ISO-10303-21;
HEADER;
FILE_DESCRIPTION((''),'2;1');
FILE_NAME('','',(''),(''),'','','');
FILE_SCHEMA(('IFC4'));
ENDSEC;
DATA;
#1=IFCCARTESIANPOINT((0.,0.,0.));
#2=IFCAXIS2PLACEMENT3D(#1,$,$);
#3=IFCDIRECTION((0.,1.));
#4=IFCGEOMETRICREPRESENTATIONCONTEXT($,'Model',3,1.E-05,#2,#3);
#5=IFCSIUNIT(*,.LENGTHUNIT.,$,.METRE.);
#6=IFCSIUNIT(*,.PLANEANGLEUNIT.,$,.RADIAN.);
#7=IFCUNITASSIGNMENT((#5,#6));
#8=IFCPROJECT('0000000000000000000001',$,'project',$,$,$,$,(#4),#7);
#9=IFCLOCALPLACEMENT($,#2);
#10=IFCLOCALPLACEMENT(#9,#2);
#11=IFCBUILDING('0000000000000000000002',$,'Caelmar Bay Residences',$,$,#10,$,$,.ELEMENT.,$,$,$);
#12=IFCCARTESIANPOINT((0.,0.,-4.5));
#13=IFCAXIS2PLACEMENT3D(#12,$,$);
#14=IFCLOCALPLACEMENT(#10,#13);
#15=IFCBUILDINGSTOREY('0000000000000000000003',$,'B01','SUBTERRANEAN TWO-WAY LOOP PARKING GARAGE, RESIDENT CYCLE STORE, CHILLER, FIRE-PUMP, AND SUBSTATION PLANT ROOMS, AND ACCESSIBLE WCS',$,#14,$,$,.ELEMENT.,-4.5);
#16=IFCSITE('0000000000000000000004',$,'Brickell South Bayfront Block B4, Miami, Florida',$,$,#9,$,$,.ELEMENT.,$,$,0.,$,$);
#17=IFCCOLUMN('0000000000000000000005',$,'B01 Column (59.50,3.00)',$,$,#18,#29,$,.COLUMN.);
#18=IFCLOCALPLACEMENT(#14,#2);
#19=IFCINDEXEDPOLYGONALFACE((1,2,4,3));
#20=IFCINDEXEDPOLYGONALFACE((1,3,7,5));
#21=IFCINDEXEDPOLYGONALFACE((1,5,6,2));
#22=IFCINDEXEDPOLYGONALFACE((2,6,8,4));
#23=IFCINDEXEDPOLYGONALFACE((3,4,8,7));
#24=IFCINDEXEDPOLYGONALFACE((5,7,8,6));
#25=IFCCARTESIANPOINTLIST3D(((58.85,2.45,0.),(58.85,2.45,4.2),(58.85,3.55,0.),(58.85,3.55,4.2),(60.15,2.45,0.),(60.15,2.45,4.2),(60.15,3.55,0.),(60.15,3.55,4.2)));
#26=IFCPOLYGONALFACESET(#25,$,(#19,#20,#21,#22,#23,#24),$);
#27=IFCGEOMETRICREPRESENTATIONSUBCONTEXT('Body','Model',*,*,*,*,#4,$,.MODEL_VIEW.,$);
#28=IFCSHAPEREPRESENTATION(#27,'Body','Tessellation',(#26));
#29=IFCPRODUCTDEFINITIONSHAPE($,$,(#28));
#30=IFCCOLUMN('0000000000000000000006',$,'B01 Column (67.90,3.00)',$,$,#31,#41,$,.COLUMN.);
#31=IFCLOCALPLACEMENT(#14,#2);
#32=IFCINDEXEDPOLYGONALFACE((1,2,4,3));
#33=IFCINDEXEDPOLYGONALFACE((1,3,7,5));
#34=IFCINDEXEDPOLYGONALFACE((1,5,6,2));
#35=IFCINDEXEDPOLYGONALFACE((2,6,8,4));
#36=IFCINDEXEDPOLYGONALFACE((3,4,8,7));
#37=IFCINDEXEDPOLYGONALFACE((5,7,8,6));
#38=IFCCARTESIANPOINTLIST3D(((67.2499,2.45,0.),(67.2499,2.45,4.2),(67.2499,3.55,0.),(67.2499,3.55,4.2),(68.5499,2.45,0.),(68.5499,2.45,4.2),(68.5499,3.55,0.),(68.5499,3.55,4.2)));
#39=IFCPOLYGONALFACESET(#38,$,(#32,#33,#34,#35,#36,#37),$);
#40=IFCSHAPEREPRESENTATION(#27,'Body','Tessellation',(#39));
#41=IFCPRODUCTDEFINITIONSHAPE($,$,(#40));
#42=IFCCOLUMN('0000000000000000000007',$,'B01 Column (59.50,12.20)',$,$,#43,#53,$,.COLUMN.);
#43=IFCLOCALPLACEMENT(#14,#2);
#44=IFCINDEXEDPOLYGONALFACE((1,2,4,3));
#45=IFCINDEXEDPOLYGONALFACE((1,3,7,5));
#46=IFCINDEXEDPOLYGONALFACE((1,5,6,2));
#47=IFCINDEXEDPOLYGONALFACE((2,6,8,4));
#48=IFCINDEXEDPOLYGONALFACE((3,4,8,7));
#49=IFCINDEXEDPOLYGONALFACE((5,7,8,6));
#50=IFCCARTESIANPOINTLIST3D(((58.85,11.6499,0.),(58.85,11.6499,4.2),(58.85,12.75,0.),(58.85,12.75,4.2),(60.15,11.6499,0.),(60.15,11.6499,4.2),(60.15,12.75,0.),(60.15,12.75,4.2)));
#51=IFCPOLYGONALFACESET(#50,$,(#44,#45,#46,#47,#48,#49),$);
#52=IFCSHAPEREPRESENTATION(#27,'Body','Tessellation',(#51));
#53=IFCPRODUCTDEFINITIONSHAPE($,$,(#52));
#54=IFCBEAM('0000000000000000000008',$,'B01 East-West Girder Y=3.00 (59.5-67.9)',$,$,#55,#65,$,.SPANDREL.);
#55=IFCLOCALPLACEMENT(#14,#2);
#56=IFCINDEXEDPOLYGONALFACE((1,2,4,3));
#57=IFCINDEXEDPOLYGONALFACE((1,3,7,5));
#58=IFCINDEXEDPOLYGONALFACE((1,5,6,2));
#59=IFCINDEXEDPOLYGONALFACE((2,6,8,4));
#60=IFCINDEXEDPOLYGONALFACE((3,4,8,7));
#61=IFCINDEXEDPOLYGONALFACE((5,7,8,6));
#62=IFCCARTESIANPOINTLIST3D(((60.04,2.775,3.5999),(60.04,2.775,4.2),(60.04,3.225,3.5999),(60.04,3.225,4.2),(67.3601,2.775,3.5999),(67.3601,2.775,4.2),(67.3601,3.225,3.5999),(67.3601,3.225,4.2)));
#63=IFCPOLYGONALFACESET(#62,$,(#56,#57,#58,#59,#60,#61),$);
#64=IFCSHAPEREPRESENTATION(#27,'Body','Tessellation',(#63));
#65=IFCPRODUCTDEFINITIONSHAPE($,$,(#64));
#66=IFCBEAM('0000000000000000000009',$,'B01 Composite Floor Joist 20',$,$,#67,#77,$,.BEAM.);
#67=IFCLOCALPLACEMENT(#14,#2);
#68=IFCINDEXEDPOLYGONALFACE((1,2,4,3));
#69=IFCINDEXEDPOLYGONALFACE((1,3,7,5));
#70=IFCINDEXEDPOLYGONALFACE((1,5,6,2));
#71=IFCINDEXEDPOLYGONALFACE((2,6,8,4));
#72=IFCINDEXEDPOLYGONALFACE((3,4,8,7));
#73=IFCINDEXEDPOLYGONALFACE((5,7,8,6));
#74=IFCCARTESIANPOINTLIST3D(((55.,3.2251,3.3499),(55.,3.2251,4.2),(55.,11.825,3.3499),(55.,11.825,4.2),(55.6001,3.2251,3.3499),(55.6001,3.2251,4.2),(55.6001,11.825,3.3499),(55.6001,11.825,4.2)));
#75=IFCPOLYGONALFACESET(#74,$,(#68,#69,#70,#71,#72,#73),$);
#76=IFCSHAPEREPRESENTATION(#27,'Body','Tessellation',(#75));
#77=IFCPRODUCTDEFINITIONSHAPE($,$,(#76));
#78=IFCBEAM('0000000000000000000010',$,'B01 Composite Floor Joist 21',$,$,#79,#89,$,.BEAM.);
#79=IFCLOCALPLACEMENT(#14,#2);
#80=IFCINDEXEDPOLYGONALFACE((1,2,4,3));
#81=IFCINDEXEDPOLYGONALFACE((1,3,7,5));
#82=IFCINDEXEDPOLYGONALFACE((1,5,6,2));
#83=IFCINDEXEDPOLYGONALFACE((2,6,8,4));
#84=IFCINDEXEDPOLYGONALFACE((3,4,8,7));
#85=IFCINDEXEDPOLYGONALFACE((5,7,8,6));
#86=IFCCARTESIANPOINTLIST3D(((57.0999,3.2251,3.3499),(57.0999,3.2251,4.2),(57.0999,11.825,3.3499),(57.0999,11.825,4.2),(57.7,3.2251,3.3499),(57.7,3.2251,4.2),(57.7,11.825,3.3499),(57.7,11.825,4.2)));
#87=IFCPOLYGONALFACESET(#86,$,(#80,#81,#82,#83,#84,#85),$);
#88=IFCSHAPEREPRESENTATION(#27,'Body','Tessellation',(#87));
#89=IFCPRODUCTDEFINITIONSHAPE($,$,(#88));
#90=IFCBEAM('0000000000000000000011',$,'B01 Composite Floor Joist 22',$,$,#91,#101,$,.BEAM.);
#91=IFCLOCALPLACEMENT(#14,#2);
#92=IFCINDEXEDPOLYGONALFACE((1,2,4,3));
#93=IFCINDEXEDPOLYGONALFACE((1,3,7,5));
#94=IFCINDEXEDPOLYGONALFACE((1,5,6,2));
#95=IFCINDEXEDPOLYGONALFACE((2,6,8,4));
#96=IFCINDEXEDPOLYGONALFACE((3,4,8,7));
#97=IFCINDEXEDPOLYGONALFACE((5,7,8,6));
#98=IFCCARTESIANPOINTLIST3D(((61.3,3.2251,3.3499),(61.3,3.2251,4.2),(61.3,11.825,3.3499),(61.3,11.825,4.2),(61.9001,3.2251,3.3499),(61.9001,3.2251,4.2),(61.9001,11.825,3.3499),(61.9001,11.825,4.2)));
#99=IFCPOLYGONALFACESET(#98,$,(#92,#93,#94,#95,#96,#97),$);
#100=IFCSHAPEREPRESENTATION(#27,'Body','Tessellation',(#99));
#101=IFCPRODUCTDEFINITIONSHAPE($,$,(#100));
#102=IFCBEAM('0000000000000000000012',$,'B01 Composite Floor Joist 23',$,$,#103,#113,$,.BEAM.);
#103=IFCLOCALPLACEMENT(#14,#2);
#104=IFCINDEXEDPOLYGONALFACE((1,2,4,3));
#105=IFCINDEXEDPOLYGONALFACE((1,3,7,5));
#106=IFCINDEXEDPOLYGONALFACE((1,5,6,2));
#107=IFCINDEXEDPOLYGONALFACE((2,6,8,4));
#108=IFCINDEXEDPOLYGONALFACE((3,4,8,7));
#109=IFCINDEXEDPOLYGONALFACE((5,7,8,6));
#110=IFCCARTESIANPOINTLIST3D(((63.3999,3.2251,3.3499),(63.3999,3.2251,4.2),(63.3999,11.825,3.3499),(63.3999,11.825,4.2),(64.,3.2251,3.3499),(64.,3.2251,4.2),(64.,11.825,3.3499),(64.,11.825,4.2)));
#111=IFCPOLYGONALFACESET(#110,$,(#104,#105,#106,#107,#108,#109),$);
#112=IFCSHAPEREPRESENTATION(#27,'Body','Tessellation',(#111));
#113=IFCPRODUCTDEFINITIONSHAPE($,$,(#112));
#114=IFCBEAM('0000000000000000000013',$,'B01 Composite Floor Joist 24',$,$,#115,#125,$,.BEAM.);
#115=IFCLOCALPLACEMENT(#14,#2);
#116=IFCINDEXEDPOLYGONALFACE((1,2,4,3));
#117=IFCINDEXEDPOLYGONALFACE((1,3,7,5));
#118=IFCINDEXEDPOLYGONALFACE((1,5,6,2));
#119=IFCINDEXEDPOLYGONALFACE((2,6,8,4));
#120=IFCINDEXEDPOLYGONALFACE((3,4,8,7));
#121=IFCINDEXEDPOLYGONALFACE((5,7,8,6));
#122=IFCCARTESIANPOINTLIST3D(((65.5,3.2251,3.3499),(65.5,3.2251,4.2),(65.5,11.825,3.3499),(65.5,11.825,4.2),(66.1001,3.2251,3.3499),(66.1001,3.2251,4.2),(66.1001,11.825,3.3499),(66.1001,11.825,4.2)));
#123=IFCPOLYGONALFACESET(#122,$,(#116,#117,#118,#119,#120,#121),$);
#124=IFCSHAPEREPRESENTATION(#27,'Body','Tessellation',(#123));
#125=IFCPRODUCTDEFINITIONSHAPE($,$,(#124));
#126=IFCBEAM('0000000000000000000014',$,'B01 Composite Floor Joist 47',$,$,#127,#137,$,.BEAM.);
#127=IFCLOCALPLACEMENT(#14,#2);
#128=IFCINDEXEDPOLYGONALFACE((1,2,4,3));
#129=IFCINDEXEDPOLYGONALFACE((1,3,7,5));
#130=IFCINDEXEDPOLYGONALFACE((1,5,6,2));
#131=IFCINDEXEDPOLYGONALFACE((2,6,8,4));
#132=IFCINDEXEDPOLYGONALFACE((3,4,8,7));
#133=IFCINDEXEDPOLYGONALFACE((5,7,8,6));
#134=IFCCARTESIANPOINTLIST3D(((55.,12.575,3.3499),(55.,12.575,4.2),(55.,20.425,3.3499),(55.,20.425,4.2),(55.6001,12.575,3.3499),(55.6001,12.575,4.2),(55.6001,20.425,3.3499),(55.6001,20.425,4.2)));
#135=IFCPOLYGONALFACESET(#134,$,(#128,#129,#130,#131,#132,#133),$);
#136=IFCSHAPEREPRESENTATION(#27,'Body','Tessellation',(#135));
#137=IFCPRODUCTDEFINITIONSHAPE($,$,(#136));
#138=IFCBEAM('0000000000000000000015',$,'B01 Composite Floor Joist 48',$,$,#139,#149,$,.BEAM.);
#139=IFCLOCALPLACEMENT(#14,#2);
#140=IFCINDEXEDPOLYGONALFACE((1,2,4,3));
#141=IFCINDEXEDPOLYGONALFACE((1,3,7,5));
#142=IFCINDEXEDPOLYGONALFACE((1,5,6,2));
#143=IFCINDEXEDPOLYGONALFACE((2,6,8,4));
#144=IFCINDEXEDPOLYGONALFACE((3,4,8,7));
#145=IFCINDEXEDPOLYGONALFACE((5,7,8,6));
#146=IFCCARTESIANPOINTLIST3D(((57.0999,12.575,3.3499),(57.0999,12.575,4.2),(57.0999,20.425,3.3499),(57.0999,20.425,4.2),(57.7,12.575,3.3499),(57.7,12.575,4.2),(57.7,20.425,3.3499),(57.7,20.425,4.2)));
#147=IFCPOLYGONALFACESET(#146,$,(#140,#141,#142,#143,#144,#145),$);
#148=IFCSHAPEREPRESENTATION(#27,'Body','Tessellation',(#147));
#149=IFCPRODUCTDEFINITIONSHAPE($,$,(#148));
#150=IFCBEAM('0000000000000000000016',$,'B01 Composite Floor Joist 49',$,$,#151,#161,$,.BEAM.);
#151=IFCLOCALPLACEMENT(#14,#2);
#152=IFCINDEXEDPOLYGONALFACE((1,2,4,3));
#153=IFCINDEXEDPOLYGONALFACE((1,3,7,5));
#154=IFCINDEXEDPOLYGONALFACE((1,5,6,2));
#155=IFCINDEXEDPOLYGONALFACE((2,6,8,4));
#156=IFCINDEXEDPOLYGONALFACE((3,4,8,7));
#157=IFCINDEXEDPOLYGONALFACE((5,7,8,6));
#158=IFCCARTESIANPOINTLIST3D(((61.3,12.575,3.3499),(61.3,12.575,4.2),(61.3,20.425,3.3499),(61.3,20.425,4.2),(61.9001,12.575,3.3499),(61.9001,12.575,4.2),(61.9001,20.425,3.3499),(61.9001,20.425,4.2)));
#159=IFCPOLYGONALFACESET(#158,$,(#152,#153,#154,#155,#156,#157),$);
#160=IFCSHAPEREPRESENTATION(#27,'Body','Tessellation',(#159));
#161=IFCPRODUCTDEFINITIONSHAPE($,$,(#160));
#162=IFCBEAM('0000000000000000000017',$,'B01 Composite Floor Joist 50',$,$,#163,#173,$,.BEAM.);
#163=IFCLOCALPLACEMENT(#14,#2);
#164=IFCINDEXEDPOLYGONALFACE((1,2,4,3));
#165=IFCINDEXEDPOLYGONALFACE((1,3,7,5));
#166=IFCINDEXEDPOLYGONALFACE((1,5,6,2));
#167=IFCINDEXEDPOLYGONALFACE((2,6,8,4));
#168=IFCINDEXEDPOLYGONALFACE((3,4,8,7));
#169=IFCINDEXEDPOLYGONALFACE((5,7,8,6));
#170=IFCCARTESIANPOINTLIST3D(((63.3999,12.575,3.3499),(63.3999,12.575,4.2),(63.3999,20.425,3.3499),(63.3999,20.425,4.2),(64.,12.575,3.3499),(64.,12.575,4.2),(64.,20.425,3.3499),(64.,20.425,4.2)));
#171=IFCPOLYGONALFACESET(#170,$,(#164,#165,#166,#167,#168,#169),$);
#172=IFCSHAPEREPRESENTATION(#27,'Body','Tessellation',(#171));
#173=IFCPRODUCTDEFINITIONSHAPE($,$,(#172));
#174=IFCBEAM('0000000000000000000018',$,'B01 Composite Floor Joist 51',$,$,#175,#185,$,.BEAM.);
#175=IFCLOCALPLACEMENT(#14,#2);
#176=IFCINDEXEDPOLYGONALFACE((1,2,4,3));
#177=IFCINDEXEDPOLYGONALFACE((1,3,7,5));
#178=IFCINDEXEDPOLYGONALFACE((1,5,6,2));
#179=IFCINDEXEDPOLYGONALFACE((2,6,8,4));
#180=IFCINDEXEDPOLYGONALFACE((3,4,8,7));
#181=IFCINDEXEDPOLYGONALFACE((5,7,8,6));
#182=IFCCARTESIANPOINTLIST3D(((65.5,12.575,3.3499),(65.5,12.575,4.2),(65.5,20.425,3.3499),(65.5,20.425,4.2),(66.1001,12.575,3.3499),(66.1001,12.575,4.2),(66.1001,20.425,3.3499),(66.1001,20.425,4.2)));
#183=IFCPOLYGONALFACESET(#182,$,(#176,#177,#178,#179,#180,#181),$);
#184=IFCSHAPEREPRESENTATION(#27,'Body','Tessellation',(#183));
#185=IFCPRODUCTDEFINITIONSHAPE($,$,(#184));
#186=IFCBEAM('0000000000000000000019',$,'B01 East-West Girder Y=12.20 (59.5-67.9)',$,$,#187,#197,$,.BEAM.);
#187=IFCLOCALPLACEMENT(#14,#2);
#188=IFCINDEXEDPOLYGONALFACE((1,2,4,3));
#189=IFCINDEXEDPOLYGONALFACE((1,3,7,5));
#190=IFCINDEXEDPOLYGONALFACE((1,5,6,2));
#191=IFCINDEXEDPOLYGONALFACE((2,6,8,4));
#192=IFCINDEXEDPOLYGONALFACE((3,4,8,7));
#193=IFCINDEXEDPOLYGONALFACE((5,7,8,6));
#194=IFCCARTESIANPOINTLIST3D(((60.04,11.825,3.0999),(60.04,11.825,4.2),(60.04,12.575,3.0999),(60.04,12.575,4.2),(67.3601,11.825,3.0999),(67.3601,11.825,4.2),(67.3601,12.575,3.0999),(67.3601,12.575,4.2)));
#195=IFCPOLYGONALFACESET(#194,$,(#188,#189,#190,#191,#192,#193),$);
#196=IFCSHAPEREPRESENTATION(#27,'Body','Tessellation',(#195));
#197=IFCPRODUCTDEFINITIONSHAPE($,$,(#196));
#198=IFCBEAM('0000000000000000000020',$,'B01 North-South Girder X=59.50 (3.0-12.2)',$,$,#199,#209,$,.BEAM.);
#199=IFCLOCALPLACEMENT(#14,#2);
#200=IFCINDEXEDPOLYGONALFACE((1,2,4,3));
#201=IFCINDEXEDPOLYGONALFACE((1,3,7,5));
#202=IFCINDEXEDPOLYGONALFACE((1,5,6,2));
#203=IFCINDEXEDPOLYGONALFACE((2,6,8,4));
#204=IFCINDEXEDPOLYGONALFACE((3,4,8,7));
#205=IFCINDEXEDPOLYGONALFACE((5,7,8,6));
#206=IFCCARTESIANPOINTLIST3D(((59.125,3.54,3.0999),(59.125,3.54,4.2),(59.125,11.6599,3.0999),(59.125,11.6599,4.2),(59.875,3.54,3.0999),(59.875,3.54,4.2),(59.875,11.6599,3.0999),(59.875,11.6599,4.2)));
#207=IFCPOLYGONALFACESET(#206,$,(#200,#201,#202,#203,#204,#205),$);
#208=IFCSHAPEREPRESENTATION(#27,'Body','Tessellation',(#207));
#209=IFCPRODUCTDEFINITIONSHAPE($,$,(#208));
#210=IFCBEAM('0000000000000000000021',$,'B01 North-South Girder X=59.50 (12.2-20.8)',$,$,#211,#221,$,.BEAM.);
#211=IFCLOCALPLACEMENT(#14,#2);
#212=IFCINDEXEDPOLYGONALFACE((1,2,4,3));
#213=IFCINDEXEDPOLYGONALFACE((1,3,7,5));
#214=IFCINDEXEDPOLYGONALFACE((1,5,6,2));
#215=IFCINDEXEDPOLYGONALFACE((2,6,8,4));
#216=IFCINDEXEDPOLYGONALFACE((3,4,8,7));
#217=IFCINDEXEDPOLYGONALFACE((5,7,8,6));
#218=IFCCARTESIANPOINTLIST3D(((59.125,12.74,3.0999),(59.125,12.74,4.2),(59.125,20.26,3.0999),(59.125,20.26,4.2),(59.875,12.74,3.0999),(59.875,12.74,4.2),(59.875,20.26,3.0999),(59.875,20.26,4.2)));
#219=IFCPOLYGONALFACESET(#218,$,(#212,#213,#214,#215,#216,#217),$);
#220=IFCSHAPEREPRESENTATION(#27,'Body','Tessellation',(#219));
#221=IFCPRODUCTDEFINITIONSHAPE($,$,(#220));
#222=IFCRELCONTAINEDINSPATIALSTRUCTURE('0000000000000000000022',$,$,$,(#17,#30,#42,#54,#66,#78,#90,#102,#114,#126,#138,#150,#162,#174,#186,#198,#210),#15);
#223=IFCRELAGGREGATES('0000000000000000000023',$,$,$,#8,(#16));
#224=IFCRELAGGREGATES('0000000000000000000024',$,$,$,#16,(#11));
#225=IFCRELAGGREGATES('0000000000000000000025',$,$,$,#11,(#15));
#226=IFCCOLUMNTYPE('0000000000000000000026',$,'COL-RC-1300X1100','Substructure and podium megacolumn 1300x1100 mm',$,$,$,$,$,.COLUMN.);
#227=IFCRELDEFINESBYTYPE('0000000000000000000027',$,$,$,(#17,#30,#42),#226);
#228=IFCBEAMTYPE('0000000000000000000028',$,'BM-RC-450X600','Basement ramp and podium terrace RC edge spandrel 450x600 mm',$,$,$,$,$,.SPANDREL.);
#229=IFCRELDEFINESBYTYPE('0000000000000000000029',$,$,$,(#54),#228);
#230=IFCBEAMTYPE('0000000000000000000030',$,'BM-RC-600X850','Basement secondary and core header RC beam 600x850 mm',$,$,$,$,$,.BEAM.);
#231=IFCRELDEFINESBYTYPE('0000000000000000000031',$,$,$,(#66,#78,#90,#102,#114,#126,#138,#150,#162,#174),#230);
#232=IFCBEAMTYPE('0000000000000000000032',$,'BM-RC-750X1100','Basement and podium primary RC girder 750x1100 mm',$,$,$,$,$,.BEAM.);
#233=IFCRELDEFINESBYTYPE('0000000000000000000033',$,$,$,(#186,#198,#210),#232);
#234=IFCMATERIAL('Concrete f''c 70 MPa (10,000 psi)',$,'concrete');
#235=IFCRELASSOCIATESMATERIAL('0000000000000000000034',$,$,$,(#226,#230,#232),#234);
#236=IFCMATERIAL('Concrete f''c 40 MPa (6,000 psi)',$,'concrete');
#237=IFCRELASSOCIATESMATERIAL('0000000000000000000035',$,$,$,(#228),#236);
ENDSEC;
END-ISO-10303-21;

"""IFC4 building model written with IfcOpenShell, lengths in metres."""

from ifc_helpers import new_model, si_unit, direction, frame, origin, origin_2d, place, context, subcontext, project, spatial, rectangle, extrude, material, material_profile, profile_set, type_object, element, save


model = new_model("IFC4")

# Units and contexts
model_context = context("Model", 3, precision=1e-05, world=origin(), true_north=direction((0.0, 1.0)))
body_context = subcontext(model_context, "Body", "Model", "MODEL_VIEW")
ifc_project = project(units=[si_unit("LENGTHUNIT", "METRE"), si_unit("PLANEANGLEUNIT", "RADIAN")], contexts=[model_context])

# Site, building, storey
site_placement = place(None, origin())
site = spatial("IfcSite", under=ifc_project, at=site_placement, Name="Brickell South Bayfront Block B4, Miami, Florida", CompositionType="ELEMENT", RefElevation=0.0)
building_placement = place(site_placement, origin())
building = spatial("IfcBuilding", under=site, at=building_placement, Name="Caelmar Bay Residences", CompositionType="ELEMENT")
storey_placement = place(building_placement, frame((0.0, 0.0, -4.5)))
storey = spatial("IfcBuildingStorey", under=building, at=storey_placement, Name="B01", Description="SUBTERRANEAN TWO-WAY LOOP PARKING GARAGE, RESIDENT CYCLE STORE, CHILLER, FIRE-PUMP, AND SUBSTATION PLANT ROOMS, AND ACCESSIBLE WCS", CompositionType="ELEMENT", Elevation=-4.5)

# Columns
ifc_material_1 = material(Name="Concrete f'c 70 MPa (10,000 psi)", Category="concrete")
ifc_material_profile_1 = material_profile(ifc_material_1, rectangle(XDim=1.3, YDim=1.1001, at=origin_2d()), Name="RC-COL-1300X1100")
ifc_profile_set_1 = profile_set([ifc_material_profile_1], Name="Concrete f'c 70 MPa (10,000 psi)")
column_type = type_object("IfcColumnType", Name="COL-RC-1300X1100", Description="Substructure and podium megacolumn 1300x1100 mm", PredefinedType="COLUMN", material=ifc_profile_set_1)
for number, where, z_axis, x_axis, name in (
    (1, (59.5, 3.0, 0.0), (0.0, 0.0, 1.0), (1.0, 0.0, 0.0), "B01 Column (59.50,3.00)"),
    (2, (67.8999, 3.0, 0.0), (0.0, 0.0, 1.0), (1.0, 0.0, 0.0), "B01 Column (67.90,3.00)"),
    (3, (59.5, 12.2, 0.0), (0.0, 0.0, 1.0), (1.0, 0.0, 0.0), "B01 Column (59.50,12.20)"),
):
    element("IfcColumn", number, at=place(storey_placement, frame(where, z_axis=z_axis, x_axis=x_axis)), inside=storey, type_object=column_type, Name=name, PredefinedType="COLUMN", context=body_context, shape_type="SweptSolid", body=[
        extrude(rectangle(XDim=1.3, YDim=1.1001, at=origin_2d()), origin(), (0.0, 0.0, 1.0), 4.2),
    ])

# Beams
ifc_material_2 = material(Name="Concrete f'c 40 MPa (6,000 psi)", Category="concrete")
ifc_material_profile_2 = material_profile(ifc_material_2, rectangle(XDim=0.45, YDim=0.6001, at=origin_2d()), Name="RC-BM-450X600")
ifc_profile_set_2 = profile_set([ifc_material_profile_2], Name="Concrete f'c 40 MPa (6,000 psi)")
beam_type_1 = type_object("IfcBeamType", Name="BM-RC-450X600", Description="Basement ramp and podium terrace RC edge spandrel 450x600 mm", PredefinedType="SPANDREL", material=ifc_profile_set_2)
beam_1_placement = place(storey_placement, frame((60.04, 3.0, 3.8999), z_axis=(1.0, 0.0, 0.0), x_axis=(0.0, 1.0, 0.0)))
element("IfcBeam", 4, at=beam_1_placement, inside=storey, type_object=beam_type_1, Name="B01 East-West Girder Y=3.00 (59.5-67.9)", PredefinedType="SPANDREL", context=body_context, shape_type="SweptSolid", body=[
    extrude(rectangle(XDim=0.45, YDim=0.6001, at=origin_2d()), origin(), (0.0, 0.0, 1.0), 7.3201),
])
ifc_material_profile_3 = material_profile(ifc_material_1, rectangle(XDim=0.6001, YDim=0.8501, at=origin_2d()), Name="RC-BM-600X850")
ifc_profile_set_3 = profile_set([ifc_material_profile_3], Name="Concrete f'c 70 MPa (10,000 psi)")
beam_type_2 = type_object("IfcBeamType", Name="BM-RC-600X850", Description="Basement secondary and core header RC beam 600x850 mm", PredefinedType="BEAM", material=ifc_profile_set_3)
for number, where, z_axis, x_axis, name in (
    (5, (55.3, 3.2251, 3.7749), (0.0, 1.0, 0.0), (-1.0, 0.0, 0.0), "B01 Composite Floor Joist 20"),
    (6, (57.3999, 3.2251, 3.7749), (0.0, 1.0, 0.0), (-1.0, 0.0, 0.0), "B01 Composite Floor Joist 21"),
    (7, (61.6001, 3.2251, 3.7749), (0.0, 1.0, 0.0), (-1.0, 0.0, 0.0), "B01 Composite Floor Joist 22"),
    (8, (63.7, 3.2251, 3.7749), (0.0, 1.0, 0.0), (-1.0, 0.0, 0.0), "B01 Composite Floor Joist 23"),
    (9, (65.8, 3.2251, 3.7749), (0.0, 1.0, 0.0), (-1.0, 0.0, 0.0), "B01 Composite Floor Joist 24"),
):
    element("IfcBeam", number, at=place(storey_placement, frame(where, z_axis=z_axis, x_axis=x_axis)), inside=storey, type_object=beam_type_2, Name=name, PredefinedType="BEAM", context=body_context, shape_type="SweptSolid", body=[
        extrude(rectangle(XDim=0.6001, YDim=0.8501, at=origin_2d()), origin(), (0.0, 0.0, 1.0), 8.5999),
    ])
for number, where, z_axis, x_axis, name in (
    (10, (55.3, 12.575, 3.7749), (0.0, 1.0, 0.0), (-1.0, 0.0, 0.0), "B01 Composite Floor Joist 47"),
    (11, (57.3999, 12.575, 3.7749), (0.0, 1.0, 0.0), (-1.0, 0.0, 0.0), "B01 Composite Floor Joist 48"),
    (12, (61.6001, 12.575, 3.7749), (0.0, 1.0, 0.0), (-1.0, 0.0, 0.0), "B01 Composite Floor Joist 49"),
    (13, (63.7, 12.575, 3.7749), (0.0, 1.0, 0.0), (-1.0, 0.0, 0.0), "B01 Composite Floor Joist 50"),
    (14, (65.8, 12.575, 3.7749), (0.0, 1.0, 0.0), (-1.0, 0.0, 0.0), "B01 Composite Floor Joist 51"),
):
    element("IfcBeam", number, at=place(storey_placement, frame(where, z_axis=z_axis, x_axis=x_axis)), inside=storey, type_object=beam_type_2, Name=name, PredefinedType="BEAM", context=body_context, shape_type="SweptSolid", body=[
        extrude(rectangle(XDim=0.6001, YDim=0.8501, at=origin_2d()), origin(), (0.0, 0.0, 1.0), 7.8501),
    ])
ifc_material_profile_4 = material_profile(ifc_material_1, rectangle(XDim=0.75, YDim=1.1001, at=origin_2d()), Name="RC-BM-750X1100")
ifc_profile_set_4 = profile_set([ifc_material_profile_4], Name="Concrete f'c 70 MPa (10,000 psi)")
beam_type_3 = type_object("IfcBeamType", Name="BM-RC-750X1100", Description="Basement and podium primary RC girder 750x1100 mm", PredefinedType="BEAM", material=ifc_profile_set_4)
beam_2_placement = place(storey_placement, frame((60.04, 12.2, 3.6499), z_axis=(1.0, 0.0, 0.0), x_axis=(0.0, 1.0, 0.0)))
element("IfcBeam", 15, at=beam_2_placement, inside=storey, type_object=beam_type_3, Name="B01 East-West Girder Y=12.20 (59.5-67.9)", PredefinedType="BEAM", context=body_context, shape_type="SweptSolid", body=[
    extrude(rectangle(XDim=0.75, YDim=1.1001, at=origin_2d()), origin(), (0.0, 0.0, 1.0), 7.3201),
])
beam_3_placement = place(storey_placement, frame((59.5, 3.54, 3.6499), z_axis=(0.0, 1.0, 0.0), x_axis=(-1.0, 0.0, 0.0)))
element("IfcBeam", 16, at=beam_3_placement, inside=storey, type_object=beam_type_3, Name="B01 North-South Girder X=59.50 (3.0-12.2)", PredefinedType="BEAM", context=body_context, shape_type="SweptSolid", body=[
    extrude(rectangle(XDim=0.75, YDim=1.1001, at=origin_2d()), origin(), (0.0, 0.0, 1.0), 8.1199),
])
beam_4_placement = place(storey_placement, frame((59.5, 12.74, 3.6499), z_axis=(0.0, 1.0, 0.0), x_axis=(-1.0, 0.0, 0.0)))
element("IfcBeam", 17, at=beam_4_placement, inside=storey, type_object=beam_type_3, Name="B01 North-South Girder X=59.50 (12.2-20.8)", PredefinedType="BEAM", context=body_context, shape_type="SweptSolid", body=[
    extrude(rectangle(XDim=0.75, YDim=1.1001, at=origin_2d()), origin(), (0.0, 0.0, 1.0), 7.52),
])

save(model, "model.ifc")
